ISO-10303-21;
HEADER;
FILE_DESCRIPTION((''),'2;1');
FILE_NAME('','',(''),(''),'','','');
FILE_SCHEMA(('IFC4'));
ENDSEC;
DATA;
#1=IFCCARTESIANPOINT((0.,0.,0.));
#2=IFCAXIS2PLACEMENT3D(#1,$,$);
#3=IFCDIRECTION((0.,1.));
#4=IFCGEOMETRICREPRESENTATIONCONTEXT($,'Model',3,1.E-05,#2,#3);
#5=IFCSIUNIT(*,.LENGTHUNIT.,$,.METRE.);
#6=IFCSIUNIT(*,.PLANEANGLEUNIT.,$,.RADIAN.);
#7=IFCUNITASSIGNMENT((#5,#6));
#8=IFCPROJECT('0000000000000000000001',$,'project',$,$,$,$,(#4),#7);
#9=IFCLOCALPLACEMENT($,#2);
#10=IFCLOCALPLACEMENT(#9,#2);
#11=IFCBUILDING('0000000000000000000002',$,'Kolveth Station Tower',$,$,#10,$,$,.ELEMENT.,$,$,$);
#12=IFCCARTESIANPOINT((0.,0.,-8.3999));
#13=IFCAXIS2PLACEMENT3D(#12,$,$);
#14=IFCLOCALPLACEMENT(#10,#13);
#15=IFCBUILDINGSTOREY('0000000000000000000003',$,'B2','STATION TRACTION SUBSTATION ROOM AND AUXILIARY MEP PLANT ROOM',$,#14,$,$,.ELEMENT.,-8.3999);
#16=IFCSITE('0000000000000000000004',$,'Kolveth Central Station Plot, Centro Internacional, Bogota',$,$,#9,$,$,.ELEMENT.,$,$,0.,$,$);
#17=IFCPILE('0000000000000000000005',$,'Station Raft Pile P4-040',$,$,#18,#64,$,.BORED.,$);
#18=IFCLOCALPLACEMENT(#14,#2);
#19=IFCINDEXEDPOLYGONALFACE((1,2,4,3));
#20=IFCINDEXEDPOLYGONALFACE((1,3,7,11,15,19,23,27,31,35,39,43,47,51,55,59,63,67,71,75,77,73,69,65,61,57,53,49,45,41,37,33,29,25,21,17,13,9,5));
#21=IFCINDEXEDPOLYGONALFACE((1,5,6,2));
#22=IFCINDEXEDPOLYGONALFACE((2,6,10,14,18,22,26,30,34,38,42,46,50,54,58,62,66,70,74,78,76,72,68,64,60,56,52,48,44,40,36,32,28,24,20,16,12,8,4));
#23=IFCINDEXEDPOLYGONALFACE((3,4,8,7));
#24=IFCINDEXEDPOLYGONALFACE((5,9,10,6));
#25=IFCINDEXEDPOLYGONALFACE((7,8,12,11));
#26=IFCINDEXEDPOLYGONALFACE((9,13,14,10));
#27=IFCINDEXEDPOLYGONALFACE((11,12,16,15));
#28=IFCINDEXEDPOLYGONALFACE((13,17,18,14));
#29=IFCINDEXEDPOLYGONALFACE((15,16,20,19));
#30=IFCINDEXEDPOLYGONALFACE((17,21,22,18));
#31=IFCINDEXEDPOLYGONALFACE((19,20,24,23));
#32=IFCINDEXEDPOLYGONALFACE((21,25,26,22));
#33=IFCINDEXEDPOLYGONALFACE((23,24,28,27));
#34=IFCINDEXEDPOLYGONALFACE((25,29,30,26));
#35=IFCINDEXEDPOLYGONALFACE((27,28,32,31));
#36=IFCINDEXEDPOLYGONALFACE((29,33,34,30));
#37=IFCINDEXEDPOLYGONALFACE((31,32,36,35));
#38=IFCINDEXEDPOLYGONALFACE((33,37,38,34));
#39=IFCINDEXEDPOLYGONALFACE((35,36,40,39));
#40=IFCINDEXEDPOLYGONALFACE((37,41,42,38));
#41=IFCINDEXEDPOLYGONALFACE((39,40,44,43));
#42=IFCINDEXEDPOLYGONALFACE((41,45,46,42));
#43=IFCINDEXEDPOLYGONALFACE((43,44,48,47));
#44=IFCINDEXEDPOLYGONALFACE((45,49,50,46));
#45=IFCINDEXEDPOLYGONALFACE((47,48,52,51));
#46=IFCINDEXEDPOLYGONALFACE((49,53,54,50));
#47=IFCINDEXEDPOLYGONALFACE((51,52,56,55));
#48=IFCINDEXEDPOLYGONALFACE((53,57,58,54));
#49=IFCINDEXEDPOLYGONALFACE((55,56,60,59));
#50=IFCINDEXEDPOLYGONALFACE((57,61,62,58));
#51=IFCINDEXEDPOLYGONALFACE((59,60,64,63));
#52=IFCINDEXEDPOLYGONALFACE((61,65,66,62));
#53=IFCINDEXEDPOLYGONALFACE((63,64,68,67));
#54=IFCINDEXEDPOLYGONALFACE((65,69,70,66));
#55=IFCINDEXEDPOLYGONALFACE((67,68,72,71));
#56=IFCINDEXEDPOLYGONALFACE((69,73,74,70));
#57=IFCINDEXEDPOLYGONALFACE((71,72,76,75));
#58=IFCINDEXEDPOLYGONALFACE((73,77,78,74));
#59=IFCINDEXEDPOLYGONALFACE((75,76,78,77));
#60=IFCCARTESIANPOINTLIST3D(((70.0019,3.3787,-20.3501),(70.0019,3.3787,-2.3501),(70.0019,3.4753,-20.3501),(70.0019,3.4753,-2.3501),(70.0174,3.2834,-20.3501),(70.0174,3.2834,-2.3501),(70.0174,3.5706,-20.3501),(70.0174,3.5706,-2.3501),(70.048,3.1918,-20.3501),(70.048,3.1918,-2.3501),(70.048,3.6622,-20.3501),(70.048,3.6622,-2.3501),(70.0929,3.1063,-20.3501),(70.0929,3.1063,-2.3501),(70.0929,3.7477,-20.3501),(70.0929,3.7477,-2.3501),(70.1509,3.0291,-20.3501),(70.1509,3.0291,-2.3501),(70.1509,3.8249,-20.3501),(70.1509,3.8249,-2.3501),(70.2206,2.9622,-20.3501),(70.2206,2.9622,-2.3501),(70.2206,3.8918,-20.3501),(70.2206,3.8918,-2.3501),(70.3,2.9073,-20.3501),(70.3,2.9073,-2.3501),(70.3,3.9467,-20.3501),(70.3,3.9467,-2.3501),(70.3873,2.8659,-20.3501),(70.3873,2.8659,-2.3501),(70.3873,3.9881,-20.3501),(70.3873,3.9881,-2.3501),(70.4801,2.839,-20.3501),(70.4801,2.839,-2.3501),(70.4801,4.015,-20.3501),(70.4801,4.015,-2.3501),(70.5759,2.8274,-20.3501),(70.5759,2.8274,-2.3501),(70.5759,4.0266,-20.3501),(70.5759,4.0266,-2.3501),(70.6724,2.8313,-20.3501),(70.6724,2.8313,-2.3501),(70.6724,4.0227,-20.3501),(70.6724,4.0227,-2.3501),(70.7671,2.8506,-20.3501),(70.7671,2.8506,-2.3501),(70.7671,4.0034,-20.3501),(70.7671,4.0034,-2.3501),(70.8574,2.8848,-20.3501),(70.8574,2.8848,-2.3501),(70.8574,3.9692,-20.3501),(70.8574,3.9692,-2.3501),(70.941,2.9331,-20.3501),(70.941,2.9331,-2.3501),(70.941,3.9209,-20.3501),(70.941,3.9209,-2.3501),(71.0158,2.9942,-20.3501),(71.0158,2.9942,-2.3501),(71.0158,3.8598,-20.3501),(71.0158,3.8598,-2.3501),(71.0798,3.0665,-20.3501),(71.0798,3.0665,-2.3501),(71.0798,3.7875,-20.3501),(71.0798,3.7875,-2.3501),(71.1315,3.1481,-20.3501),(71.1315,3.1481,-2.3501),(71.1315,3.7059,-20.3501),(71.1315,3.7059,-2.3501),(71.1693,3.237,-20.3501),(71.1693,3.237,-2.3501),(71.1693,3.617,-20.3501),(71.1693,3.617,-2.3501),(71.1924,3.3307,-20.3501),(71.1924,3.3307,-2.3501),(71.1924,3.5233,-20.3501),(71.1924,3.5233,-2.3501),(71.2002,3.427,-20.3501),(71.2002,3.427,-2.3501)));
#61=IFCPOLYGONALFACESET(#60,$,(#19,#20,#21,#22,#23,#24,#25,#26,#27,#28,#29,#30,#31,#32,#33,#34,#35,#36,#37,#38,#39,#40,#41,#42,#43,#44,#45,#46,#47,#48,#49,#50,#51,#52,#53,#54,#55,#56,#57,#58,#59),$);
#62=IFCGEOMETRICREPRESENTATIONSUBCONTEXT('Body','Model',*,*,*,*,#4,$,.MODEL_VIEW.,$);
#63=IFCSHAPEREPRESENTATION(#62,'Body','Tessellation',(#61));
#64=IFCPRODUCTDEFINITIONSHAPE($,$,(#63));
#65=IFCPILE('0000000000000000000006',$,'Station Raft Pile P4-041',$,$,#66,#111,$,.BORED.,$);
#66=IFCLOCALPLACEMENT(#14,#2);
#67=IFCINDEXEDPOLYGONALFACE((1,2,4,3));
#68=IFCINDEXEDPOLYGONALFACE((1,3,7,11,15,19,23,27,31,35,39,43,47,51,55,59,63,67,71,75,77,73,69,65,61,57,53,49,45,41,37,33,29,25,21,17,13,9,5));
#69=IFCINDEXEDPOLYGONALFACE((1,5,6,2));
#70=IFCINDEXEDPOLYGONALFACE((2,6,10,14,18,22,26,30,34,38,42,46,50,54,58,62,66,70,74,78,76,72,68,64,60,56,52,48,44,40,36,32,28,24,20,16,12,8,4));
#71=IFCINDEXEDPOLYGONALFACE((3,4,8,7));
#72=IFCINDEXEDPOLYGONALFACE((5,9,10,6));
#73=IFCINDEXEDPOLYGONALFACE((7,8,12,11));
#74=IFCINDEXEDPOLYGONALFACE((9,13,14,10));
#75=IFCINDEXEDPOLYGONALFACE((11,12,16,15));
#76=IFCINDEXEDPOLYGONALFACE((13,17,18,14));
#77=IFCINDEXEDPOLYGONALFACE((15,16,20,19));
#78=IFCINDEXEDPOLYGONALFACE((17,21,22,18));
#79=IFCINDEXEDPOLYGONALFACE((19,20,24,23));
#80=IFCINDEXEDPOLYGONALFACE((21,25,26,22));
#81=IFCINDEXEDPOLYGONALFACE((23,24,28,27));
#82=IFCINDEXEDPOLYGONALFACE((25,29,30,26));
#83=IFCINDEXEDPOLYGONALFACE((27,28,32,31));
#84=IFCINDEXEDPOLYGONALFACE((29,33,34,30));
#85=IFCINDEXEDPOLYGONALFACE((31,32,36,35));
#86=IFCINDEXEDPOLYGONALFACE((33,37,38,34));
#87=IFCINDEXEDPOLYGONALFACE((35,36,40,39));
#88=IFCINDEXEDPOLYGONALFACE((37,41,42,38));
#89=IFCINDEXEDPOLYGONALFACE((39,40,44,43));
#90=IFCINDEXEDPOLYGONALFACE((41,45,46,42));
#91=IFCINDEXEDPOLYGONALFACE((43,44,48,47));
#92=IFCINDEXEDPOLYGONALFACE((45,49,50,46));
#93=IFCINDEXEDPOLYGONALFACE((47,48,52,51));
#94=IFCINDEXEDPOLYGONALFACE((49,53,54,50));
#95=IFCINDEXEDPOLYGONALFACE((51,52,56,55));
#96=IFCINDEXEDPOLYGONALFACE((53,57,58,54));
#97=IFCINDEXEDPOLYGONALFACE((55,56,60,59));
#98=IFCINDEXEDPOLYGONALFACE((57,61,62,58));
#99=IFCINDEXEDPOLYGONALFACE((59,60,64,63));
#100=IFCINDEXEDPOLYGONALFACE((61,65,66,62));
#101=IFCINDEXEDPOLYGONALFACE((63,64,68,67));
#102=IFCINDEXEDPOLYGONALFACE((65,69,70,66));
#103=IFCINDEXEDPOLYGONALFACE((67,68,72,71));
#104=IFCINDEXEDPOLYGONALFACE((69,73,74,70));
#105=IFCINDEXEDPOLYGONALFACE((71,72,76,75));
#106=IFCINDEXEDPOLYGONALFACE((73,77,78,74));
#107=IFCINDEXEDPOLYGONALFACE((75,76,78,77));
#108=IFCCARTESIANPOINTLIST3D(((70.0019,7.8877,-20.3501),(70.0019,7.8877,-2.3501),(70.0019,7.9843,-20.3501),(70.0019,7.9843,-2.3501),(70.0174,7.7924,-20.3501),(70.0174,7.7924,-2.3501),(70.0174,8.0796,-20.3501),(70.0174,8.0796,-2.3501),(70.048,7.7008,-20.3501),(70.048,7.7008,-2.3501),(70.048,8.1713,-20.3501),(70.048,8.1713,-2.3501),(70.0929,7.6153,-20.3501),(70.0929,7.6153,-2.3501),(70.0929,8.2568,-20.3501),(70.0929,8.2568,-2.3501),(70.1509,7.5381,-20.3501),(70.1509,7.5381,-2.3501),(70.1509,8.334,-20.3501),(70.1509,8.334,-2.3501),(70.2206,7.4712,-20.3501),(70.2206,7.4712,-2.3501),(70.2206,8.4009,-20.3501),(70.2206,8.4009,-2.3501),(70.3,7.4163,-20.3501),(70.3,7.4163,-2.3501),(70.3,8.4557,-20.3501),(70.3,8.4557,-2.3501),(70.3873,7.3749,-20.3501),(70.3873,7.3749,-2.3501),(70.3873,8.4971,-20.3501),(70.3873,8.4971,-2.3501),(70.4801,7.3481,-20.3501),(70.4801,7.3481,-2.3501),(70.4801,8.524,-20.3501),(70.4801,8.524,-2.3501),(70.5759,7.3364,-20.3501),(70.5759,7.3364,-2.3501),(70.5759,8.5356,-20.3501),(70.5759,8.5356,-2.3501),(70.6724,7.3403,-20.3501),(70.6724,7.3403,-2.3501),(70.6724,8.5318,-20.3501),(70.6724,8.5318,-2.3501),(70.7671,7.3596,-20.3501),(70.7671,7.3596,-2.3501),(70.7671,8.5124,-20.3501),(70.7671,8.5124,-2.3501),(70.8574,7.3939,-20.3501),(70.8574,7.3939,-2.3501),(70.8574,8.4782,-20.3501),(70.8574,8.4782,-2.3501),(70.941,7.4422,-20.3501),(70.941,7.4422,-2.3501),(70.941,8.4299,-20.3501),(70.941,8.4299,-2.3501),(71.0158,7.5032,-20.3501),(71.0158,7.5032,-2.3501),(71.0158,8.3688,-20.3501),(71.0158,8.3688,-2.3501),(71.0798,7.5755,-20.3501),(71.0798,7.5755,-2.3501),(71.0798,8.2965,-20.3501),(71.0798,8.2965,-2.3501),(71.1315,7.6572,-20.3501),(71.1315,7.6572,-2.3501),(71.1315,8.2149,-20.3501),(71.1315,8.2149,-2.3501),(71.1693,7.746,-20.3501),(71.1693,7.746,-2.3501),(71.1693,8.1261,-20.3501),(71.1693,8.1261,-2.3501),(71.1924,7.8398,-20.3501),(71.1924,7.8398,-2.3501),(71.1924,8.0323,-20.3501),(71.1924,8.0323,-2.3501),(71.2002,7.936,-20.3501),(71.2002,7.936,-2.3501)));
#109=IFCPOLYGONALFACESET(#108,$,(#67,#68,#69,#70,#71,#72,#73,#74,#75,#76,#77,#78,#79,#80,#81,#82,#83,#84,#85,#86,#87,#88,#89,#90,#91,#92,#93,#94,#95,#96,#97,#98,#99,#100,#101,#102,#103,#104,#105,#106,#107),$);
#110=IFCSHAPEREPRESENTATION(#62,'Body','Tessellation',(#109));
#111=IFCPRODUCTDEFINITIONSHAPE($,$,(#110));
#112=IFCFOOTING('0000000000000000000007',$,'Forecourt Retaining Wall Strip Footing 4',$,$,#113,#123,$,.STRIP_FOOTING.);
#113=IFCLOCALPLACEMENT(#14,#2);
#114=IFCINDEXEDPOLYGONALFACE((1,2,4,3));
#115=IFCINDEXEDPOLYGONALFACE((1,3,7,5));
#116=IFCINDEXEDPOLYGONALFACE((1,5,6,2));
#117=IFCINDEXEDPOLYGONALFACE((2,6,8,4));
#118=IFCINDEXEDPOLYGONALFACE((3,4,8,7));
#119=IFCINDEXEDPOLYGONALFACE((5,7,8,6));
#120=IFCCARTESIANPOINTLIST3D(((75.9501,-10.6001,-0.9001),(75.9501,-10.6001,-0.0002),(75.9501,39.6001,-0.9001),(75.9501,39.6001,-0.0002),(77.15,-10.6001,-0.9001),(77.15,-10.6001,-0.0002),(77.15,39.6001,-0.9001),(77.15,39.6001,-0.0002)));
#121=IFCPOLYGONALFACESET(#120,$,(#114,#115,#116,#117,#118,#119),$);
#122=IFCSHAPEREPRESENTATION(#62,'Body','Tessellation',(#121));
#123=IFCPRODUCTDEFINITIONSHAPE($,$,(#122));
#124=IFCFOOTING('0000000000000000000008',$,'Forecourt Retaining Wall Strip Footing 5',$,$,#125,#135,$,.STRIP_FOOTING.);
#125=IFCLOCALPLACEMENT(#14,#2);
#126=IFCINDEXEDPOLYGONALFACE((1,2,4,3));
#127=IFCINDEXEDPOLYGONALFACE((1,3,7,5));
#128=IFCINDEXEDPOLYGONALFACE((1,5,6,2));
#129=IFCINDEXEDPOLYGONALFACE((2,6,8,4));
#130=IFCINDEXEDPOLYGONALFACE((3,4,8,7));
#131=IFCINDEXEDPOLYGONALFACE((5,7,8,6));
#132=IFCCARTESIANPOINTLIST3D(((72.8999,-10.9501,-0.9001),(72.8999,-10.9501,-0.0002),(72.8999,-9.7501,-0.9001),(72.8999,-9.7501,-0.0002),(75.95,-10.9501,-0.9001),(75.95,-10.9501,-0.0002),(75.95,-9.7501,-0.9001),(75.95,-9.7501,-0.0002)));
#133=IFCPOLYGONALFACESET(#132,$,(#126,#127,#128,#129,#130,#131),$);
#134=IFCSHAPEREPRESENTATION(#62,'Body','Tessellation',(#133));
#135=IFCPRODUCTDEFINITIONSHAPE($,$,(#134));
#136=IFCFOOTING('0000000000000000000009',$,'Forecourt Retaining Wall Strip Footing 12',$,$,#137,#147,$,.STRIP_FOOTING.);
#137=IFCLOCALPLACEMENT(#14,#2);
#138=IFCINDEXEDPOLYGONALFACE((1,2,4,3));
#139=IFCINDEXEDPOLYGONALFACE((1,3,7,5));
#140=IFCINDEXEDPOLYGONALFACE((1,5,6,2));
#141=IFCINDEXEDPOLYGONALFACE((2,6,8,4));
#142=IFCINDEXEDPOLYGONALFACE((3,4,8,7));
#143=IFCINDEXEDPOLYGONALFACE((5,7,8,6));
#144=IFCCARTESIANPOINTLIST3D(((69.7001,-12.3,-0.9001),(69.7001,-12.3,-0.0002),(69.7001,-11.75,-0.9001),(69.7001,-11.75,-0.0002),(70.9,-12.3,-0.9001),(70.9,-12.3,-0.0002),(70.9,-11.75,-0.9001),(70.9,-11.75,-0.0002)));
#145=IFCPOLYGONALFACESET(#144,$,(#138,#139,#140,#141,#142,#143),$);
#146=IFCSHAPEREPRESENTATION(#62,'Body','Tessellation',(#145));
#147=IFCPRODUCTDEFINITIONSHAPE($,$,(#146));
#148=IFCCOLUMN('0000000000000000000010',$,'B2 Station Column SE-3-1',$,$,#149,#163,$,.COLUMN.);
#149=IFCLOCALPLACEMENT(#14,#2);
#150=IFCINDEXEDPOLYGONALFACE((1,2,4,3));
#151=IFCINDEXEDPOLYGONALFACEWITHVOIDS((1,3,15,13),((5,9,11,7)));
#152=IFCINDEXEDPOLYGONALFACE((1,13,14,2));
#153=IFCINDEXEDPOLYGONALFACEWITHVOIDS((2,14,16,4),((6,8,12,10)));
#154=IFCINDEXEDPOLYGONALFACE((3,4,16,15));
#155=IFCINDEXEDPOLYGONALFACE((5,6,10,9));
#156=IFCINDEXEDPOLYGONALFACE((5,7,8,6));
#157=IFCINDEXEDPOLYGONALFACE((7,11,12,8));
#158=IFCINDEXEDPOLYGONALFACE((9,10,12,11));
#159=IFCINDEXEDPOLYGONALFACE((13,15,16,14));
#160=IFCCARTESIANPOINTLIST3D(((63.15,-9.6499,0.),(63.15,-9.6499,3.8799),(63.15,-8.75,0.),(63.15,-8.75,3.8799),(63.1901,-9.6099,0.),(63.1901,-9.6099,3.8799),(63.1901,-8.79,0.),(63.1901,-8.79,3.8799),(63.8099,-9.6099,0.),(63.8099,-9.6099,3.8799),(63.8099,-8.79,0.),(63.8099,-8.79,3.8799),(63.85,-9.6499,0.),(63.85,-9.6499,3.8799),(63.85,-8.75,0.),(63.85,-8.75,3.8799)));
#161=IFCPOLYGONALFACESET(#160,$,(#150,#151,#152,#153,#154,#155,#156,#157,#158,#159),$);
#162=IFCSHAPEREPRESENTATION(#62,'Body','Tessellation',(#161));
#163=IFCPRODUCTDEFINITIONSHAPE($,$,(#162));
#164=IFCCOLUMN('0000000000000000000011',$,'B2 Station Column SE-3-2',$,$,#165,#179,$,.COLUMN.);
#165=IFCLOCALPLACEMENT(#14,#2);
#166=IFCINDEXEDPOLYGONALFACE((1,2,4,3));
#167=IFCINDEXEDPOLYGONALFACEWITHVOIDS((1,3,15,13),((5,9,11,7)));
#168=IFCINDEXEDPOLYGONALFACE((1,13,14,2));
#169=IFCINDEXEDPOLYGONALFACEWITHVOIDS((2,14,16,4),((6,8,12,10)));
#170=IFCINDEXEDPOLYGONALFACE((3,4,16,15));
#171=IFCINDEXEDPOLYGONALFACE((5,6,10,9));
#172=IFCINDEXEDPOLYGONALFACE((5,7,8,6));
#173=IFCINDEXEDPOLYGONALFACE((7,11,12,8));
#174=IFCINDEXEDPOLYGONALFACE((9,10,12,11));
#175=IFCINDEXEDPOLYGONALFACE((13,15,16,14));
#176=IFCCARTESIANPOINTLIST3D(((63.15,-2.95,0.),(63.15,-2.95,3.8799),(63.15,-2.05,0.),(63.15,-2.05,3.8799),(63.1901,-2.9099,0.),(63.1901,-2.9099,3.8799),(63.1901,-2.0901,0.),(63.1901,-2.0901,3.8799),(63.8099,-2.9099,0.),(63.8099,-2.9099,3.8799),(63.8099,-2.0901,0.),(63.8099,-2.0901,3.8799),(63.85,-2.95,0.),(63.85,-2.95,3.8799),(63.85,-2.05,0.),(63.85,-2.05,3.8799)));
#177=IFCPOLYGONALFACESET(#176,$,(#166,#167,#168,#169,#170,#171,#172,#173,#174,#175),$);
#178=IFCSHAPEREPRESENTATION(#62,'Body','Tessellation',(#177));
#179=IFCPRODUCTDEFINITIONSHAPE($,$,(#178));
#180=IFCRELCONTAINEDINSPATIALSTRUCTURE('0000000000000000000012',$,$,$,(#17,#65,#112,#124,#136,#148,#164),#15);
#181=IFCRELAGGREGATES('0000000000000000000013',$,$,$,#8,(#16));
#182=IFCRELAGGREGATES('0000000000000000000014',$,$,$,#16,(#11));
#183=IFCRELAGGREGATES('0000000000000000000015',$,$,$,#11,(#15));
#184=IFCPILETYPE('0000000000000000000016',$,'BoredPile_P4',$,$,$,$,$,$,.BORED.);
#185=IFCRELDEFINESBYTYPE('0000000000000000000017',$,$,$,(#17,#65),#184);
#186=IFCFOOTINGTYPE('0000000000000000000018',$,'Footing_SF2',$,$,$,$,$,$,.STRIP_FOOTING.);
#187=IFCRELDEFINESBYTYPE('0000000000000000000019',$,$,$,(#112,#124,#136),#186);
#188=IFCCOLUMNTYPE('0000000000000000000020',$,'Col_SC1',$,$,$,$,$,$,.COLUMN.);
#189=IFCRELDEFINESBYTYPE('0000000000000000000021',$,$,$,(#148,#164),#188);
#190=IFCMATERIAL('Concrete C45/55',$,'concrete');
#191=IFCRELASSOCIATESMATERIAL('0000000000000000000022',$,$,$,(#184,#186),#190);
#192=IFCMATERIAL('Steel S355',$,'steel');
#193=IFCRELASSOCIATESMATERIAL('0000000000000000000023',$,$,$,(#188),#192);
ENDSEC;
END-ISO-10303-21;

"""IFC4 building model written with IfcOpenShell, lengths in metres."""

from ifc_helpers import new_model, si_unit, direction, frame, origin, origin_2d, place, context, subcontext, project, spatial, rectangle, hollow_rectangle, circle, extrude, source, transform, mapped, material, material_profile, profile_set, type_object, element, save


model = new_model("IFC4")

# Units and contexts
model_context = context("Model", 3, precision=1e-05, world=origin(), true_north=direction((0.0, 1.0)))
body_context = subcontext(model_context, "Body", "Model", "MODEL_VIEW")
ifc_project = project(units=[si_unit("LENGTHUNIT", "METRE"), si_unit("PLANEANGLEUNIT", "RADIAN")], contexts=[model_context])

# Site, building, storey
site_placement = place(None, origin())
site = spatial("IfcSite", under=ifc_project, at=site_placement, Name="Kolveth Central Station Plot, Centro Internacional, Bogota", CompositionType="ELEMENT", RefElevation=0.0)
building_placement = place(site_placement, origin())
building = spatial("IfcBuilding", under=site, at=building_placement, Name="Kolveth Station Tower", CompositionType="ELEMENT")
storey_placement = place(building_placement, frame((0.0, 0.0, -8.3999)))
storey = spatial("IfcBuildingStorey", under=building, at=storey_placement, Name="B2", Description="STATION TRACTION SUBSTATION ROOM AND AUXILIARY MEP PLANT ROOM", CompositionType="ELEMENT", Elevation=-8.3999)

# Piles
ifc_material_1 = material(Name="Concrete C45/55", Category="concrete")
ifc_material_profile_1 = material_profile(ifc_material_1, circle(Radius=0.6001, at=origin_2d()), Name="PILE-D1200")
ifc_profile_set_1 = profile_set([ifc_material_profile_1], Name="Concrete C45/55")
pile_type = type_object("IfcPileType", Name="BoredPile_P4", PredefinedType="BORED", material=ifc_profile_set_1)
shared_shape_1 = source(origin(), body_context, "Body", "SweptSolid", [
    extrude(circle(Radius=0.6001, at=origin_2d()), origin(), (0.0, 0.0, 1.0), 18.0),
])
for number, where, z_axis, x_axis, name in (
    (1, (70.6001, 3.427, -2.3501), (0.0, 0.0, -1.0), (1.0, 0.0, 0.0), "Station Raft Pile P4-040"),
    (2, (70.6001, 7.936, -2.3501), (0.0, 0.0, -1.0), (1.0, 0.0, 0.0), "Station Raft Pile P4-041"),
):
    element("IfcPile", number, at=place(storey_placement, frame(where, z_axis=z_axis, x_axis=x_axis)), inside=storey, type_object=pile_type, Name=name, PredefinedType="BORED", context=body_context, shape_type="MappedRepresentation", body=[
        mapped(shared_shape_1, transform((0.0, 0.0, 0.0), x_axis=(1.0, 0.0, 0.0), y_axis=(0.0, 1.0, 0.0), z_axis=(0.0, 0.0, 1.0), scale=1.0)),
    ])

# Footings
ifc_material_profile_2 = material_profile(ifc_material_1, rectangle(XDim=1.2, YDim=0.8999, at=origin_2d()), Name="RC-1200x900")
ifc_profile_set_2 = profile_set([ifc_material_profile_2], Name="Concrete C45/55")
footing_type = type_object("IfcFootingType", Name="Footing_SF2", PredefinedType="STRIP_FOOTING", material=ifc_profile_set_2)
shared_shape_2 = source(origin(), body_context, "Body", "SweptSolid", [
    extrude(rectangle(XDim=1.2, YDim=0.8999, at=origin_2d()), origin(), (0.0, 0.0, 1.0), 50.2002),
])
footing_1_placement = place(storey_placement, frame((76.55, -10.6001, -0.4502), z_axis=(0.0, 1.0, 0.0), x_axis=(-1.0, 0.0, 0.0)))
element("IfcFooting", 3, at=footing_1_placement, inside=storey, type_object=footing_type, Name="Forecourt Retaining Wall Strip Footing 4", PredefinedType="STRIP_FOOTING", context=body_context, shape_type="MappedRepresentation", body=[
    mapped(shared_shape_2, transform((0.0, 0.0, 0.0), x_axis=(1.0, 0.0, 0.0), y_axis=(0.0, 1.0, 0.0), z_axis=(0.0, 0.0, 1.0), scale=1.0)),
])
shared_shape_3 = source(origin(), body_context, "Body", "SweptSolid", [
    extrude(rectangle(XDim=1.2, YDim=0.8999, at=origin_2d()), origin(), (0.0, 0.0, 1.0), 3.05),
])
footing_2_placement = place(storey_placement, frame((72.8999, -10.3501, -0.4502), z_axis=(1.0, 0.0, 0.0), x_axis=(0.0, 1.0, 0.0)))
element("IfcFooting", 4, at=footing_2_placement, inside=storey, type_object=footing_type, Name="Forecourt Retaining Wall Strip Footing 5", PredefinedType="STRIP_FOOTING", context=body_context, shape_type="MappedRepresentation", body=[
    mapped(shared_shape_3, transform((0.0, 0.0, 0.0), x_axis=(1.0, 0.0, 0.0), y_axis=(0.0, 1.0, 0.0), z_axis=(0.0, 0.0, 1.0), scale=1.0)),
])
shared_shape_4 = source(origin(), body_context, "Body", "SweptSolid", [
    extrude(rectangle(XDim=1.2, YDim=0.8999, at=origin_2d()), origin(), (0.0, 0.0, 1.0), 0.55),
])
footing_3_placement = place(storey_placement, frame((70.3, -12.3, -0.4502), z_axis=(0.0, 1.0, 0.0), x_axis=(-1.0, 0.0, 0.0)))
element("IfcFooting", 5, at=footing_3_placement, inside=storey, type_object=footing_type, Name="Forecourt Retaining Wall Strip Footing 12", PredefinedType="STRIP_FOOTING", context=body_context, shape_type="MappedRepresentation", body=[
    mapped(shared_shape_4, transform((0.0, 0.0, 0.0), x_axis=(1.0, 0.0, 0.0), y_axis=(0.0, 1.0, 0.0), z_axis=(0.0, 0.0, 1.0), scale=1.0)),
])

# Columns
ifc_material_2 = material(Name="Steel S355", Category="steel")
ifc_material_profile_3 = material_profile(ifc_material_2, hollow_rectangle(XDim=0.7, YDim=0.8999, WallThickness=0.04, at=origin_2d()), Name="BOX900x700x40")
ifc_profile_set_3 = profile_set([ifc_material_profile_3], Name="Steel S355")
column_type_1 = type_object("IfcColumnType", Name="Col_SC1", PredefinedType="COLUMN", material=ifc_profile_set_3)
shared_shape_5 = source(origin(), body_context, "Body", "SweptSolid", [
    extrude(hollow_rectangle(XDim=0.7, YDim=0.8999, WallThickness=0.04, at=origin_2d()), origin(), (0.0, 0.0, 1.0), 3.8799),
])
for number, where, z_axis, x_axis, name in (
    (6, (63.5, -9.2, 0.0), (0.0, 0.0, 1.0), (1.0, 0.0, 0.0), "B2 Station Column SE-3-1"),
    (7, (63.5, -2.5, 0.0), (0.0, 0.0, 1.0), (1.0, 0.0, 0.0), "B2 Station Column SE-3-2"),
):
    element("IfcColumn", number, at=place(storey_placement, frame(where, z_axis=z_axis, x_axis=x_axis)), inside=storey, type_object=column_type_1, Name=name, PredefinedType="COLUMN", context=body_context, shape_type="MappedRepresentation", body=[
        mapped(shared_shape_5, transform((0.0, 0.0, 0.0), x_axis=(1.0, 0.0, 0.0), y_axis=(0.0, 1.0, 0.0), z_axis=(0.0, 0.0, 1.0), scale=1.0)),
    ])

save(model, "model.ifc")
